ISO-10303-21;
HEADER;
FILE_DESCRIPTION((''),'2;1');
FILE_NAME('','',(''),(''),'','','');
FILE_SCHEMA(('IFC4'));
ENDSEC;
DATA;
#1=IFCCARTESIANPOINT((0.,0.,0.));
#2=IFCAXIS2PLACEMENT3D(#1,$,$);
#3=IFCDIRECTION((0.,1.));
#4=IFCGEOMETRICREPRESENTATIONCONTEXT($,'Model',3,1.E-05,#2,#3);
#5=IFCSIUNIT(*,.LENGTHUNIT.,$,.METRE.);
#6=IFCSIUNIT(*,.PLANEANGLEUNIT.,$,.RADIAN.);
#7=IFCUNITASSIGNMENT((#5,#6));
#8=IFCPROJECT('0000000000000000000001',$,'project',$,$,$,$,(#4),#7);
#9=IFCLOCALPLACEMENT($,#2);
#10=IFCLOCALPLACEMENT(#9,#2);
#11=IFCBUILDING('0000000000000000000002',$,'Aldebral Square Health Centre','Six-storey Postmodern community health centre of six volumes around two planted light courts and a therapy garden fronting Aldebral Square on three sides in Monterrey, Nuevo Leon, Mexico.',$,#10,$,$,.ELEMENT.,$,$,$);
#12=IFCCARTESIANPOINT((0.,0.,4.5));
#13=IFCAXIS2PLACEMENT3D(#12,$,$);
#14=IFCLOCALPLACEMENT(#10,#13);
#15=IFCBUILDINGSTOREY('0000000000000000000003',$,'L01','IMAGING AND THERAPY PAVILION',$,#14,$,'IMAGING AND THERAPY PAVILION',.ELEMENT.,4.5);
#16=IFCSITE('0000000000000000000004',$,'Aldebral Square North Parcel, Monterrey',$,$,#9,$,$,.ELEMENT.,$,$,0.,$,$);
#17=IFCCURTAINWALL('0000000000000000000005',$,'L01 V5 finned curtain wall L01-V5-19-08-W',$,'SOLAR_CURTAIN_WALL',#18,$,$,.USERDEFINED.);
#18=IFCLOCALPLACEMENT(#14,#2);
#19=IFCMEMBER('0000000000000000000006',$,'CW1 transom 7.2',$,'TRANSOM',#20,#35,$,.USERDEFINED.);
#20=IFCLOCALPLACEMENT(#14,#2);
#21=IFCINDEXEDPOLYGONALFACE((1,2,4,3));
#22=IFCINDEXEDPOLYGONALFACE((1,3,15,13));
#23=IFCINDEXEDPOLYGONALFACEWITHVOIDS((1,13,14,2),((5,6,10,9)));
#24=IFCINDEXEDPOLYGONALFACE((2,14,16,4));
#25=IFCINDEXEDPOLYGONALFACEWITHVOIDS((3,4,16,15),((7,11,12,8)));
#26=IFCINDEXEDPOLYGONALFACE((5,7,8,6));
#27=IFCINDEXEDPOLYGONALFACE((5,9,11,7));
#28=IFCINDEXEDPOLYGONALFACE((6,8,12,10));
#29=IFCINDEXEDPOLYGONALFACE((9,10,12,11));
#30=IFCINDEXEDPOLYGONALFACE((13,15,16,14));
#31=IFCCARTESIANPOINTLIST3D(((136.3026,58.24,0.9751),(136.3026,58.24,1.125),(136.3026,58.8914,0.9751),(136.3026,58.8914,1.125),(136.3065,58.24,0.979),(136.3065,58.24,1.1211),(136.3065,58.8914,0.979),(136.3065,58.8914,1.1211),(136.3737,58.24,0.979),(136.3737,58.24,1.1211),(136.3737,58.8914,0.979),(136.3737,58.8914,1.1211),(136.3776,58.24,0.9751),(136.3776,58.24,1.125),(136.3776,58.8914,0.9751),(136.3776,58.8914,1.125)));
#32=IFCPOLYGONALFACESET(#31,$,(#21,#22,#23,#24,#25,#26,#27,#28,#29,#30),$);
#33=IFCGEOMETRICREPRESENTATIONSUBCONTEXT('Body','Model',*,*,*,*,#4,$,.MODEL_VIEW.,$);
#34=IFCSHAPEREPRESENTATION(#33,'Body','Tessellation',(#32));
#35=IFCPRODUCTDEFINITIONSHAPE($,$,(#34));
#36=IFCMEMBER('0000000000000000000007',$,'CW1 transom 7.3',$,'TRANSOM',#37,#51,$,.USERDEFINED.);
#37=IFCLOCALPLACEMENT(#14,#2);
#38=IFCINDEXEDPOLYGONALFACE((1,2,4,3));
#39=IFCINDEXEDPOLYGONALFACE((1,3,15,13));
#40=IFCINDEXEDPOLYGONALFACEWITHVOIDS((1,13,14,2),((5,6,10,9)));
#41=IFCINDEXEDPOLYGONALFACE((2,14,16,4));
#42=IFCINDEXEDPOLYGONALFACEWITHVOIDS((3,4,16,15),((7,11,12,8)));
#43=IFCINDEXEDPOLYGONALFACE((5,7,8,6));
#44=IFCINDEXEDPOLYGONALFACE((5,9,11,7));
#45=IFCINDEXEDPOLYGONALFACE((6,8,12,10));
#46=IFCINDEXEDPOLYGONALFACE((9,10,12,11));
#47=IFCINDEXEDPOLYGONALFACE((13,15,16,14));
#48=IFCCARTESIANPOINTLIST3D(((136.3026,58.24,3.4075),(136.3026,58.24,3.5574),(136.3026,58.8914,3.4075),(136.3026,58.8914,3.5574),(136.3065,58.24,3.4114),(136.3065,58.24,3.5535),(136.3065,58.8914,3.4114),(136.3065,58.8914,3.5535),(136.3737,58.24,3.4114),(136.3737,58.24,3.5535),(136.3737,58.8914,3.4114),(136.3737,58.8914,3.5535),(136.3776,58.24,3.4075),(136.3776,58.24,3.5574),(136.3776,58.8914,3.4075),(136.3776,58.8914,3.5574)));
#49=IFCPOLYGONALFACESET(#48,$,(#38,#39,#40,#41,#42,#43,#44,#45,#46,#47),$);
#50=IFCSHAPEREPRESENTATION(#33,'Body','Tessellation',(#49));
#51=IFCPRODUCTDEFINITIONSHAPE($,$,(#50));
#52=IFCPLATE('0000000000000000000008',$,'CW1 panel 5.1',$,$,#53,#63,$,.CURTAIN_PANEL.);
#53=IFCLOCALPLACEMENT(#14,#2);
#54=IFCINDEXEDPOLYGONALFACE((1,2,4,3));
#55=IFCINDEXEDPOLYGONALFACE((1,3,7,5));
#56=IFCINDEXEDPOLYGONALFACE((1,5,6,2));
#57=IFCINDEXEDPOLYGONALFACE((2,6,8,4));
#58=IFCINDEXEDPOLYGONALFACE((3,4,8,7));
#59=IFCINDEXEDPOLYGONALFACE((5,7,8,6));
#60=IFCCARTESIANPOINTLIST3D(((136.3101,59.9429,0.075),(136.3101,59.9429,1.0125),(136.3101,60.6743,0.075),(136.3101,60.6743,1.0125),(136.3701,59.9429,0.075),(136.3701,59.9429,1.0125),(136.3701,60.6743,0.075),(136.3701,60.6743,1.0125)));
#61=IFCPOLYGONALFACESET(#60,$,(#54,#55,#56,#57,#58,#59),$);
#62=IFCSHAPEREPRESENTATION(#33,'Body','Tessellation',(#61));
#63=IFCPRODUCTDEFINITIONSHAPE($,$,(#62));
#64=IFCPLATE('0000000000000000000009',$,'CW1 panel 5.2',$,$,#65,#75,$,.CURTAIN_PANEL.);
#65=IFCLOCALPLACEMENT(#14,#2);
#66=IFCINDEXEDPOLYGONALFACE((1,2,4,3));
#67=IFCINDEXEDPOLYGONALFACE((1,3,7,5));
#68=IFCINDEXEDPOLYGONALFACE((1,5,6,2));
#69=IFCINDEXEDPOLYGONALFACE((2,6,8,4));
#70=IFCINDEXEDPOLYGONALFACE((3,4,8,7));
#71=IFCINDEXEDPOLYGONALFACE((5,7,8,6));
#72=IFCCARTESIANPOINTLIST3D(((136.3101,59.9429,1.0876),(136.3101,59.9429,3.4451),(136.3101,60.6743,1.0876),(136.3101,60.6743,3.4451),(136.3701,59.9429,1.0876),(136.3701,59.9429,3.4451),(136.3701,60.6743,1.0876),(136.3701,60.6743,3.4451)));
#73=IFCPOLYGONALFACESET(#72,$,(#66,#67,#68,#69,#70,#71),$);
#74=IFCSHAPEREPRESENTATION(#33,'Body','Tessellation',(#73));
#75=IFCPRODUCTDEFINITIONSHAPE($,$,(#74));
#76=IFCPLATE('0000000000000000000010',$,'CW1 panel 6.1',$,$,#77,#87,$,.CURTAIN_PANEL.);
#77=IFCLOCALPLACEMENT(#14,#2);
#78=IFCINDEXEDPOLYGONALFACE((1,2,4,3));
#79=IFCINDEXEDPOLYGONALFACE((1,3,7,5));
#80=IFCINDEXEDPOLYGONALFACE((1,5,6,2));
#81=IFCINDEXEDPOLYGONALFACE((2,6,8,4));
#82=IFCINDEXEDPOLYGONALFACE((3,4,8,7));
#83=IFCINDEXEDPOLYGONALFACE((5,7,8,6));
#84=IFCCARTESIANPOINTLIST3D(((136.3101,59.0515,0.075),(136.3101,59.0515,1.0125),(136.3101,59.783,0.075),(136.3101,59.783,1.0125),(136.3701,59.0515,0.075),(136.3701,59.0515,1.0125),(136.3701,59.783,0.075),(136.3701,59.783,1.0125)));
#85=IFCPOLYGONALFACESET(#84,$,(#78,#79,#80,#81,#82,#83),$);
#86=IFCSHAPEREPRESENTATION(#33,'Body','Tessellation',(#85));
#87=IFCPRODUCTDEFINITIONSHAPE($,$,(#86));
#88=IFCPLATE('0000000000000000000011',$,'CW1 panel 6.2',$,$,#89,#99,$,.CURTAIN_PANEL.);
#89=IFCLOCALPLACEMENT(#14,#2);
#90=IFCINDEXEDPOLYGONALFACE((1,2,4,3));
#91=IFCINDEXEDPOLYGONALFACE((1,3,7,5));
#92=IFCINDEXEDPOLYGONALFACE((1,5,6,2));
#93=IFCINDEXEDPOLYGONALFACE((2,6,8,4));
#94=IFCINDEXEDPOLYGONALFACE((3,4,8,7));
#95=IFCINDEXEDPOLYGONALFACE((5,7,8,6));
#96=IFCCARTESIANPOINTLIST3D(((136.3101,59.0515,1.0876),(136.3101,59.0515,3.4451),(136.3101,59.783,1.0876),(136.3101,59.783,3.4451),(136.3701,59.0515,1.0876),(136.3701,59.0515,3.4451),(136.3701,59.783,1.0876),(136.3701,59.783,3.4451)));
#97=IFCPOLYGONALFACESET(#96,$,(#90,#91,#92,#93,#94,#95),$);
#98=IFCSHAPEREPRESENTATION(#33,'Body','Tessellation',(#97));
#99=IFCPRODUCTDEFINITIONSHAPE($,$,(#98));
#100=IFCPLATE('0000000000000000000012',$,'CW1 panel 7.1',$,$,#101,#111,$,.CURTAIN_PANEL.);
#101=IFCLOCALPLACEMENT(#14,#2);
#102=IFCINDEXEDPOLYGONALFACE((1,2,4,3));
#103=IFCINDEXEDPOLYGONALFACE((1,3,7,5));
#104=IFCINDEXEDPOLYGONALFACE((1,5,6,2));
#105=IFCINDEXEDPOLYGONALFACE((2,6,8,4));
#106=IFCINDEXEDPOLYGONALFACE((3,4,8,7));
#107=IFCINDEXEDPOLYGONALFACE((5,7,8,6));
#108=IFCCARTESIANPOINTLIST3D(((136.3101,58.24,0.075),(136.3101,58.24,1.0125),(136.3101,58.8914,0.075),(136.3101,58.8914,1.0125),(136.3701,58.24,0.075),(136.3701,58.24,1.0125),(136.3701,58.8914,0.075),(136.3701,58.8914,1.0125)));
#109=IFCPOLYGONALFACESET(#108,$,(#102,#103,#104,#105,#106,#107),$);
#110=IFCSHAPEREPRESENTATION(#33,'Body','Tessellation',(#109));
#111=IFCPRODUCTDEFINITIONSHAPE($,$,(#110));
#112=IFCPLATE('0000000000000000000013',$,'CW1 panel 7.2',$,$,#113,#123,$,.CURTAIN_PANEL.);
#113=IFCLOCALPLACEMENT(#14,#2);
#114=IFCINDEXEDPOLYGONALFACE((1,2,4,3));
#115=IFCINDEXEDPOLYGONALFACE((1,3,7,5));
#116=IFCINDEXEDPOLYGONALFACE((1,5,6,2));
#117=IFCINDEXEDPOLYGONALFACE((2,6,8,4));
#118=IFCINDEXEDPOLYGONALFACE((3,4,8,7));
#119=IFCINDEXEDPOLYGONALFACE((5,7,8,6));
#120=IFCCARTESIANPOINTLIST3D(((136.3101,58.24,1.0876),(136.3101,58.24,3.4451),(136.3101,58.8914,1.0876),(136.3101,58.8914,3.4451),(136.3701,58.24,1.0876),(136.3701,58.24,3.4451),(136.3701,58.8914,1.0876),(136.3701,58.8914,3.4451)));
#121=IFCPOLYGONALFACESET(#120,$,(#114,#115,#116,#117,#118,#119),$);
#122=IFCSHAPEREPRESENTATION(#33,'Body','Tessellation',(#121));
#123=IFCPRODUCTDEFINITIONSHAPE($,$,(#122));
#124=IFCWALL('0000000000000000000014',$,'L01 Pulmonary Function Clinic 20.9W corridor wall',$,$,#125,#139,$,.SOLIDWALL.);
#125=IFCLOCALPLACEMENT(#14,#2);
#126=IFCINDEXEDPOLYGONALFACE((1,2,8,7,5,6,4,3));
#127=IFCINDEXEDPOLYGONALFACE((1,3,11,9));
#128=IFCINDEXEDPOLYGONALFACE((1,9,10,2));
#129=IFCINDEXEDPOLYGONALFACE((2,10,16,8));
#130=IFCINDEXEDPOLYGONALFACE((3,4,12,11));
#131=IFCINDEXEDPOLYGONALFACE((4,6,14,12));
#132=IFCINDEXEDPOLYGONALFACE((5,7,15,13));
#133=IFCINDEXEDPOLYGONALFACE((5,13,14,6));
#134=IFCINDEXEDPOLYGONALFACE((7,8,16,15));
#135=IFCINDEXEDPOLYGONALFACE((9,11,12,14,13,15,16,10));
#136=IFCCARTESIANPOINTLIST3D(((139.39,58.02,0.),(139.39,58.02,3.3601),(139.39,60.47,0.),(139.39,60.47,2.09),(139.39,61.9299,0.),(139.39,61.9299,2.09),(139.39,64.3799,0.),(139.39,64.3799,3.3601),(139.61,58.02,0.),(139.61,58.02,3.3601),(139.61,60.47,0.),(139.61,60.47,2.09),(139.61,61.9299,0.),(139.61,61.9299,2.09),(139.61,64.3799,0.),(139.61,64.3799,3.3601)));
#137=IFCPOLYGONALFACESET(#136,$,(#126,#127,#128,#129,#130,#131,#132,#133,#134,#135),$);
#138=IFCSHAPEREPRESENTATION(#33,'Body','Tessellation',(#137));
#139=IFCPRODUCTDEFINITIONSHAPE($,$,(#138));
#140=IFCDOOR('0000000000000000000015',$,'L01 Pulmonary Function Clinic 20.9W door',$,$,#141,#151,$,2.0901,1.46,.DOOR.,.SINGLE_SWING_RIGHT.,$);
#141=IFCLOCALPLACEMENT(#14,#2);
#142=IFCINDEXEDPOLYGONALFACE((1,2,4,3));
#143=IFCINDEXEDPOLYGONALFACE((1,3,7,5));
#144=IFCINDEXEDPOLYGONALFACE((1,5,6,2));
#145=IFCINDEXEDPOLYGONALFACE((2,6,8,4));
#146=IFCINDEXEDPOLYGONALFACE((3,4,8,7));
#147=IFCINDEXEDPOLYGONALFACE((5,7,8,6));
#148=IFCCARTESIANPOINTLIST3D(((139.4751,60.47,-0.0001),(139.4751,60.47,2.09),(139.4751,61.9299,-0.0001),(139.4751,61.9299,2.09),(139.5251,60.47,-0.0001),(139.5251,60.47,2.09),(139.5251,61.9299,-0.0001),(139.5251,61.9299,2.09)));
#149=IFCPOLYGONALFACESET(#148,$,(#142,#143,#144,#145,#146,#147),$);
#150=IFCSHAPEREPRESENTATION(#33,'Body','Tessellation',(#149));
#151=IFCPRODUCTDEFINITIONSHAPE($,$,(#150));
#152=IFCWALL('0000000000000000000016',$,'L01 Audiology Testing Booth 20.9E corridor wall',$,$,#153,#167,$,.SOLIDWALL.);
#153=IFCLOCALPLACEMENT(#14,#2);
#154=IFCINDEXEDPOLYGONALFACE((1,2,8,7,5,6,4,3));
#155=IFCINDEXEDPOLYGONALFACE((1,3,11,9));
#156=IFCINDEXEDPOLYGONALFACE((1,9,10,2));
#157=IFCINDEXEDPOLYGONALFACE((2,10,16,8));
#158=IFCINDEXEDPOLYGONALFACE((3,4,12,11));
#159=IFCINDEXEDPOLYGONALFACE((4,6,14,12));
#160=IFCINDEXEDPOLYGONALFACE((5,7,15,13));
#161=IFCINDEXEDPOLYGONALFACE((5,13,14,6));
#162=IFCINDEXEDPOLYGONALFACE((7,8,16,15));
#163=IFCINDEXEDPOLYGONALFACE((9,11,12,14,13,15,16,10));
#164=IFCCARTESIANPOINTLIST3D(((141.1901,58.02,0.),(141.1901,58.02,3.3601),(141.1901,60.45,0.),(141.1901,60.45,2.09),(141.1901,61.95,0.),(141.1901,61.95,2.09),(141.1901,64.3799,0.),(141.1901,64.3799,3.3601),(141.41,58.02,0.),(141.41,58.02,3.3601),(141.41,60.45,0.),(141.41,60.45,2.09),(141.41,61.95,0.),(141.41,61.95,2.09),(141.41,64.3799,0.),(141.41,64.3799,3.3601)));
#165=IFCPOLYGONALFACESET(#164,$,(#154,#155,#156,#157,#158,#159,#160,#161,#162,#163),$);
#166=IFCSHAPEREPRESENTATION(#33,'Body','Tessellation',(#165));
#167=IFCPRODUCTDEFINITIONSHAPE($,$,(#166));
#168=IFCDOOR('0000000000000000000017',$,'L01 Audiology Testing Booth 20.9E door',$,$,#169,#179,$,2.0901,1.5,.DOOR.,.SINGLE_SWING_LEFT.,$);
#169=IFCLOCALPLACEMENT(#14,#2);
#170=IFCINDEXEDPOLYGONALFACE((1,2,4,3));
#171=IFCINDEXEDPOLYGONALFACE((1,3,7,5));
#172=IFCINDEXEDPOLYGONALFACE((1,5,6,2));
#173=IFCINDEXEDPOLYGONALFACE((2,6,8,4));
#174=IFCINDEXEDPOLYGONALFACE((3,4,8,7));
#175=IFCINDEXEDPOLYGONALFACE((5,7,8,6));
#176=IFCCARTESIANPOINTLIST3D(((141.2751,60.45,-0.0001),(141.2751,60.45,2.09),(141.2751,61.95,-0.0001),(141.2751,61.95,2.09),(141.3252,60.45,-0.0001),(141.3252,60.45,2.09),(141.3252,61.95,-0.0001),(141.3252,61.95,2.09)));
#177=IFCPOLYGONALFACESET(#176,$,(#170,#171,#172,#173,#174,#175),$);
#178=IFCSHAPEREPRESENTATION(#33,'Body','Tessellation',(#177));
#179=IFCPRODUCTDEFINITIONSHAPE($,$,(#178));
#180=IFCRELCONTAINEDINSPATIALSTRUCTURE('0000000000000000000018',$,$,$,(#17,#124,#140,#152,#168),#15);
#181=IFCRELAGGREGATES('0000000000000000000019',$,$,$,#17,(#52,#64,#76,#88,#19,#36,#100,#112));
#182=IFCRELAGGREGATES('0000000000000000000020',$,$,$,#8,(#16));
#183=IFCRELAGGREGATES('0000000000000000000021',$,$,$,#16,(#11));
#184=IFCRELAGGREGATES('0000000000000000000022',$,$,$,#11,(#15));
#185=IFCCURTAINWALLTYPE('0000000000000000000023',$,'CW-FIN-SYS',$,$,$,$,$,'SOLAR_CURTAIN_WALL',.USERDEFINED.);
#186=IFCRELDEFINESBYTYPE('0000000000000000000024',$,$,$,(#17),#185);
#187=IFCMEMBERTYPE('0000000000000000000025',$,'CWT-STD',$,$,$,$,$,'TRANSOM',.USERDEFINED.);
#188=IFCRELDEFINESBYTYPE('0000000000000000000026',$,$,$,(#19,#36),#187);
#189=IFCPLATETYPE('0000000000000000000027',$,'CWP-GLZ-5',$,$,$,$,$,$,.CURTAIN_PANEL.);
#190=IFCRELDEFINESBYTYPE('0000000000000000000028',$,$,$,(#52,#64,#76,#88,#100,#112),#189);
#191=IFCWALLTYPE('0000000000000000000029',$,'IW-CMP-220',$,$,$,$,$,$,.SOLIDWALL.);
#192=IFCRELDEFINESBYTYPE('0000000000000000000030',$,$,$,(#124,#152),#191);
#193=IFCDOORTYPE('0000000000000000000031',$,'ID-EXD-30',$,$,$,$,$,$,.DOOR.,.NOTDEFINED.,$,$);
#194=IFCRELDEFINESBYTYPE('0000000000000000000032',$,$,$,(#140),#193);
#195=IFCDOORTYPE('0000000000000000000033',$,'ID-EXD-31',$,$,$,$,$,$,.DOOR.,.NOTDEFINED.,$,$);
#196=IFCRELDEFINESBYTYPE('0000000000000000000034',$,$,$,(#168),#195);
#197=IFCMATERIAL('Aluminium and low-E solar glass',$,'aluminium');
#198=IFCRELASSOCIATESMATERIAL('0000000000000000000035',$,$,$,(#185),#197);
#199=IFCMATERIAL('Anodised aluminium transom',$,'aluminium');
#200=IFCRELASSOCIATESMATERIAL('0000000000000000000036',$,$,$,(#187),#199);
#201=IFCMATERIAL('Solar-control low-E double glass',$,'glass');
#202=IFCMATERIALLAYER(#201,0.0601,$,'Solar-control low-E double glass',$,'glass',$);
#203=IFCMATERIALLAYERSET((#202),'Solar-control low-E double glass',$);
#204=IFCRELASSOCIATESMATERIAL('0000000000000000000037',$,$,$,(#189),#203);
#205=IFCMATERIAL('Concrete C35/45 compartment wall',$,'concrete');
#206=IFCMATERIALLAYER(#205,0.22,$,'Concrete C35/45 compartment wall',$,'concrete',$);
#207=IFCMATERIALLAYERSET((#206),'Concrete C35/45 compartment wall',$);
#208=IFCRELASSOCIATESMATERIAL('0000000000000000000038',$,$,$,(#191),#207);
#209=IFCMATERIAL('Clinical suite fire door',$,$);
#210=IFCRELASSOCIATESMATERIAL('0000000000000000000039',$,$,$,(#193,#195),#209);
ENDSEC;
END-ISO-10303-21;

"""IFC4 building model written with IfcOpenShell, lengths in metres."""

from ifc_helpers import new_model, si_unit, direction, frame, frame_2d, origin, origin_2d, place, context, subcontext, project, spatial, rectangle, hollow_rectangle, extrude, material, layer, layer_set, material_profile, profile_set, type_object, element, fill, aggregate, save


model = new_model("IFC4")

# Units and contexts
model_context = context("Model", 3, precision=1e-05, world=origin(), true_north=direction((0.0, 1.0)))
body_context = subcontext(model_context, "Body", "Model", "MODEL_VIEW")
ifc_project = project(units=[si_unit("LENGTHUNIT", "METRE"), si_unit("PLANEANGLEUNIT", "RADIAN")], contexts=[model_context])

# Site, building, storey
site_placement = place(None, origin())
site = spatial("IfcSite", under=ifc_project, at=site_placement, Name="Aldebral Square North Parcel, Monterrey", CompositionType="ELEMENT", RefElevation=0.0)
building_placement = place(site_placement, origin())
building = spatial("IfcBuilding", under=site, at=building_placement, Name="Aldebral Square Health Centre", Description="Six-storey Postmodern community health centre of six volumes around two planted light courts and a therapy garden fronting Aldebral Square on three sides in Monterrey, Nuevo Leon, Mexico.", CompositionType="ELEMENT")
storey_placement = place(building_placement, frame((0.0, 0.0, 4.5)))
storey = spatial("IfcBuildingStorey", under=building, at=storey_placement, Name="L01", Description="IMAGING AND THERAPY PAVILION", LongName="IMAGING AND THERAPY PAVILION", CompositionType="ELEMENT", Elevation=4.5)

# Curtain wall, members, plates
ifc_material_1 = material(Name="Aluminium and low-E solar glass", Category="aluminium")
curtain_wall_type = type_object("IfcCurtainWallType", Name="CW-FIN-SYS", ElementType="SOLAR_CURTAIN_WALL", PredefinedType="USERDEFINED", material=ifc_material_1)
curtain_wall_placement = place(storey_placement, origin())
curtain_wall = element("IfcCurtainWall", 1, at=curtain_wall_placement, inside=storey, type_object=curtain_wall_type, Name="L01 V5 finned curtain wall L01-V5-19-08-W", ObjectType="SOLAR_CURTAIN_WALL", PredefinedType="USERDEFINED")
ifc_material_2 = material(Name="Anodised aluminium transom", Category="aluminium")
ifc_material_profile_1 = material_profile(ifc_material_2, hollow_rectangle(XDim=0.075, YDim=0.1499, WallThickness=0.0039, at=origin_2d()), Name="CWT 75x150x4")
ifc_profile_set_1 = profile_set([ifc_material_profile_1], Name="Anodised aluminium transom")
member_type_1 = type_object("IfcMemberType", Name="CWT-STD", ElementType="TRANSOM", PredefinedType="USERDEFINED", material=ifc_profile_set_1)
member_1_placement = place(storey_placement, frame((136.3401, 58.8914, 1.05), z_axis=(0.0, -1.0, 0.0), x_axis=(1.0, 0.0, 0.0)))
member_1 = element("IfcMember", 2, at=member_1_placement, type_object=member_type_1, Name="CW1 transom 7.2", ObjectType="TRANSOM", PredefinedType="USERDEFINED", context=body_context, shape_type="SweptSolid", body=[
    extrude(hollow_rectangle(XDim=0.075, YDim=0.1499, WallThickness=0.0039, at=origin_2d()), origin(), (0.0, 0.0, 1.0), 0.6514),
])
member_2_placement = place(storey_placement, frame((136.3401, 58.8914, 3.4824), z_axis=(0.0, -1.0, 0.0), x_axis=(1.0, 0.0, 0.0)))
member_2 = element("IfcMember", 3, at=member_2_placement, type_object=member_type_1, Name="CW1 transom 7.3", ObjectType="TRANSOM", PredefinedType="USERDEFINED", context=body_context, shape_type="SweptSolid", body=[
    extrude(hollow_rectangle(XDim=0.075, YDim=0.1499, WallThickness=0.0039, at=origin_2d()), origin(), (0.0, 0.0, 1.0), 0.6514),
])
ifc_material_3 = material(Name="Solar-control low-E double glass", Category="glass")
ifc_layer_1 = layer(ifc_material_3, 0.0601, Name="Solar-control low-E double glass", Category="glass")
ifc_layer_set_1 = layer_set([ifc_layer_1], Name="Solar-control low-E double glass")
plate_type = type_object("IfcPlateType", Name="CWP-GLZ-5", PredefinedType="CURTAIN_PANEL", material=ifc_layer_set_1)
plate_1_placement = place(storey_placement, frame((136.3401, 60.3086, 0.075), z_axis=(0.0, 0.0, 1.0), x_axis=(0.0, -1.0, 0.0)))
plate_1 = element("IfcPlate", 4, at=plate_1_placement, type_object=plate_type, Name="CW1 panel 5.1", PredefinedType="CURTAIN_PANEL", context=body_context, shape_type="SweptSolid", body=[
    extrude(rectangle(XDim=0.7314, YDim=0.0601, at=origin_2d()), origin(), (0.0, 0.0, 1.0), 0.9375),
])
plate_2_placement = place(storey_placement, frame((136.3401, 60.3086, 1.0876), z_axis=(0.0, 0.0, 1.0), x_axis=(0.0, -1.0, 0.0)))
plate_2 = element("IfcPlate", 5, at=plate_2_placement, type_object=plate_type, Name="CW1 panel 5.2", PredefinedType="CURTAIN_PANEL", context=body_context, shape_type="SweptSolid", body=[
    extrude(rectangle(XDim=0.7314, YDim=0.0601, at=origin_2d()), origin(), (0.0, 0.0, 1.0), 2.3574),
])
plate_3_placement = place(storey_placement, frame((136.3401, 59.4172, 0.075), z_axis=(0.0, 0.0, 1.0), x_axis=(0.0, -1.0, 0.0)))
plate_3 = element("IfcPlate", 6, at=plate_3_placement, type_object=plate_type, Name="CW1 panel 6.1", PredefinedType="CURTAIN_PANEL", context=body_context, shape_type="SweptSolid", body=[
    extrude(rectangle(XDim=0.7314, YDim=0.0601, at=origin_2d()), origin(), (0.0, 0.0, 1.0), 0.9375),
])
plate_4_placement = place(storey_placement, frame((136.3401, 59.4172, 1.0876), z_axis=(0.0, 0.0, 1.0), x_axis=(0.0, -1.0, 0.0)))
plate_4 = element("IfcPlate", 7, at=plate_4_placement, type_object=plate_type, Name="CW1 panel 6.2", PredefinedType="CURTAIN_PANEL", context=body_context, shape_type="SweptSolid", body=[
    extrude(rectangle(XDim=0.7314, YDim=0.0601, at=origin_2d()), origin(), (0.0, 0.0, 1.0), 2.3574),
])
plate_5_placement = place(storey_placement, frame((136.3401, 58.5657, 0.075), z_axis=(0.0, 0.0, 1.0), x_axis=(0.0, -1.0, 0.0)))
plate_5 = element("IfcPlate", 8, at=plate_5_placement, type_object=plate_type, Name="CW1 panel 7.1", PredefinedType="CURTAIN_PANEL", context=body_context, shape_type="SweptSolid", body=[
    extrude(rectangle(XDim=0.6514, YDim=0.0601, at=origin_2d()), origin(), (0.0, 0.0, 1.0), 0.9375),
])
plate_6_placement = place(storey_placement, frame((136.3401, 58.5657, 1.0876), z_axis=(0.0, 0.0, 1.0), x_axis=(0.0, -1.0, 0.0)))
plate_6 = element("IfcPlate", 9, at=plate_6_placement, type_object=plate_type, Name="CW1 panel 7.2", PredefinedType="CURTAIN_PANEL", context=body_context, shape_type="SweptSolid", body=[
    extrude(rectangle(XDim=0.6514, YDim=0.0601, at=origin_2d()), origin(), (0.0, 0.0, 1.0), 2.3574),
])
aggregate(curtain_wall, [plate_1, plate_2, plate_3, plate_4, member_1, member_2, plate_5, plate_6])

# Walls, openings, doors
ifc_material_4 = material(Name="Concrete C35/45 compartment wall", Category="concrete")
ifc_layer_2 = layer(ifc_material_4, 0.22, Name="Concrete C35/45 compartment wall", Category="concrete")
ifc_layer_set_2 = layer_set([ifc_layer_2], Name="Concrete C35/45 compartment wall")
wall_type = type_object("IfcWallType", Name="IW-CMP-220", PredefinedType="SOLIDWALL", material=ifc_layer_set_2)
wall_1_placement = place(storey_placement, frame((139.5, 58.02, 0.0), z_axis=(0.0, 0.0, 1.0), x_axis=(0.0, 1.0, 0.0)))
wall_1 = element("IfcWall", 10, at=wall_1_placement, inside=storey, type_object=wall_type, Name="L01 Pulmonary Function Clinic 20.9W corridor wall", PredefinedType="SOLIDWALL", context=body_context, shape_type="SweptSolid", body=[
    extrude(rectangle(XDim=6.3599, YDim=0.22, at=frame_2d((3.1799, 0.0))), origin(), (0.0, 0.0, 1.0), 3.3601),
])
opening_1_placement = place(wall_1_placement, frame((2.45, 0.0, 0.0)))
opening_1 = element("IfcOpeningElement", 11, at=opening_1_placement, cuts=wall_1, PredefinedType="OPENING", context=body_context, shape_type="SweptSolid", body=[
    extrude(rectangle(XDim=1.46, YDim=2.0901, at=frame_2d((0.73, 1.0449))), frame((0.0, 0.1201, 0.0), z_axis=(0.0, -1.0, 0.0), x_axis=(1.0, 0.0, 0.0)), (0.0, 0.0, 1.0), 0.24),
])
ifc_material_5 = material(Name="Clinical suite fire door")
door_type_1 = type_object("IfcDoorType", Name="ID-EXD-30", OperationType="NOTDEFINED", PredefinedType="DOOR", material=ifc_material_5)
door_1_placement = place(opening_1_placement, origin())
door_1 = element("IfcDoor", 12, at=door_1_placement, inside=storey, type_object=door_type_1, Name="L01 Pulmonary Function Clinic 20.9W door", OperationType="SINGLE_SWING_RIGHT", OverallHeight=2.0901, OverallWidth=1.46, PredefinedType="DOOR", context=body_context, shape_type="SweptSolid", body=[
    extrude(rectangle(XDim=1.46, YDim=2.0901, at=frame_2d((0.73, 1.0449))), frame((0.0, 0.0249, 0.0), z_axis=(0.0, -1.0, 0.0), x_axis=(1.0, 0.0, 0.0)), (0.0, 0.0, 1.0), 0.05),
])
fill(opening_1, door_1)
wall_2_placement = place(storey_placement, frame((141.3, 58.02, 0.0), z_axis=(0.0, 0.0, 1.0), x_axis=(0.0, 1.0, 0.0)))
wall_2 = element("IfcWall", 13, at=wall_2_placement, inside=storey, type_object=wall_type, Name="L01 Audiology Testing Booth 20.9E corridor wall", PredefinedType="SOLIDWALL", context=body_context, shape_type="SweptSolid", body=[
    extrude(rectangle(XDim=6.3599, YDim=0.22, at=frame_2d((3.1799, 0.0))), origin(), (0.0, 0.0, 1.0), 3.3601),
])
opening_2_placement = place(wall_2_placement, frame((2.4299, 0.0, 0.0)))
opening_2 = element("IfcOpeningElement", 14, at=opening_2_placement, cuts=wall_2, PredefinedType="OPENING", context=body_context, shape_type="SweptSolid", body=[
    extrude(rectangle(XDim=1.5, YDim=2.0901, at=frame_2d((0.75, 1.0449))), frame((0.0, 0.1201, 0.0), z_axis=(0.0, -1.0, 0.0), x_axis=(1.0, 0.0, 0.0)), (0.0, 0.0, 1.0), 0.24),
])
door_type_2 = type_object("IfcDoorType", Name="ID-EXD-31", OperationType="NOTDEFINED", PredefinedType="DOOR", material=ifc_material_5)
door_2_placement = place(opening_2_placement, origin())
door_2 = element("IfcDoor", 15, at=door_2_placement, inside=storey, type_object=door_type_2, Name="L01 Audiology Testing Booth 20.9E door", OperationType="SINGLE_SWING_LEFT", OverallHeight=2.0901, OverallWidth=1.5, PredefinedType="DOOR", context=body_context, shape_type="SweptSolid", body=[
    extrude(rectangle(XDim=1.5, YDim=2.0901, at=frame_2d((0.75, 1.0449))), frame((0.0, 0.0249, 0.0), z_axis=(0.0, -1.0, 0.0), x_axis=(1.0, 0.0, 0.0)), (0.0, 0.0, 1.0), 0.05),
])
fill(opening_2, door_2)

save(model, "model.ifc")
